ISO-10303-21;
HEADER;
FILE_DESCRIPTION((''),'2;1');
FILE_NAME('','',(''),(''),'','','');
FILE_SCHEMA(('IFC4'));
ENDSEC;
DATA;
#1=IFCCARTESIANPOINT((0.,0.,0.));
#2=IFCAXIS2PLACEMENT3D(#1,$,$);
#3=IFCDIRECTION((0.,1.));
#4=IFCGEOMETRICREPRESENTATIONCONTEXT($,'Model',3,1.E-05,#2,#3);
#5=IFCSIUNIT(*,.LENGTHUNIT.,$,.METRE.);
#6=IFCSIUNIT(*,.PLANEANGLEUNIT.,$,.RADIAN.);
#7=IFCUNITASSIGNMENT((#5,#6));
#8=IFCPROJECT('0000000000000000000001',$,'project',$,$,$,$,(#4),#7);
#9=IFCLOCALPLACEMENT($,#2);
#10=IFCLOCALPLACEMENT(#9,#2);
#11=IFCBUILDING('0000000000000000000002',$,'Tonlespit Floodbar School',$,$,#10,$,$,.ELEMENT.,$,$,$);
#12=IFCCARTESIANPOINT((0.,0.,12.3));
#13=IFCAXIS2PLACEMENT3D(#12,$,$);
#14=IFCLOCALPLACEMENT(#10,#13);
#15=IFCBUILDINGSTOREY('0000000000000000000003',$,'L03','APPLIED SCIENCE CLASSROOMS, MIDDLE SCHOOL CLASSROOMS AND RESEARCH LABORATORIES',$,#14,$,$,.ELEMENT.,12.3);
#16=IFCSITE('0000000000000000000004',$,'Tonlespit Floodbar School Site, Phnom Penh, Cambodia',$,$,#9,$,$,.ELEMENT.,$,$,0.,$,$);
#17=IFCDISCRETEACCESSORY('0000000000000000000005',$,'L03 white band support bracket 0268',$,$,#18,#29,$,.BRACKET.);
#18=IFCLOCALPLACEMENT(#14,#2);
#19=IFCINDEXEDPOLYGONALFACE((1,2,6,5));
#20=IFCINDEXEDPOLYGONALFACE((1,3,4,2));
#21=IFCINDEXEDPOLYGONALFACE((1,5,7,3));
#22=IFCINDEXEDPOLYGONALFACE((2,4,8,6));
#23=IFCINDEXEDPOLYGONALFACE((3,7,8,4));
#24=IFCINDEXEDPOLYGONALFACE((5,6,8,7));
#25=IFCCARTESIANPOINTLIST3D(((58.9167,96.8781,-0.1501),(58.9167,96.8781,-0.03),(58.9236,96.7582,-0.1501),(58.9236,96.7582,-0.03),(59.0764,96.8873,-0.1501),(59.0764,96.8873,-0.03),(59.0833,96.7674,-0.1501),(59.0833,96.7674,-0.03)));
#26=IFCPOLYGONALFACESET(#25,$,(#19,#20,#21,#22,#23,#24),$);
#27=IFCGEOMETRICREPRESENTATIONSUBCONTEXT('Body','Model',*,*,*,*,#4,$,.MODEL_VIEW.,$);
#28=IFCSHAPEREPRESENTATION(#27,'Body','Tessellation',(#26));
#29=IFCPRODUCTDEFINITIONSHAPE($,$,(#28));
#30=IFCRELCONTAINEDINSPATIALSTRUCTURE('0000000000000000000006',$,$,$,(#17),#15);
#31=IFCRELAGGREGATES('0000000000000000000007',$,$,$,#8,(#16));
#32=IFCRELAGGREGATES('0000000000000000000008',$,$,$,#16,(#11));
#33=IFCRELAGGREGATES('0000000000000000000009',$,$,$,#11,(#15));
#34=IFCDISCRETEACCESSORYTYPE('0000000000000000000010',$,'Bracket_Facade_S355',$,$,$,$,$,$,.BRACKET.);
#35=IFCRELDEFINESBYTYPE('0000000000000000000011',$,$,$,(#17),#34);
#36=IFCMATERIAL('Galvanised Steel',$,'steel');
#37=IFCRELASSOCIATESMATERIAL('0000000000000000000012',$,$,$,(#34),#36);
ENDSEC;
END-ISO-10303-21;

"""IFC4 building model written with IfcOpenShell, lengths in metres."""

from ifc_helpers import new_model, si_unit, direction, frame, origin, origin_2d, place, context, subcontext, project, spatial, rectangle, extrude, material, type_object, element, save


model = new_model("IFC4")

# Units and contexts
model_context = context("Model", 3, precision=1e-05, world=origin(), true_north=direction((0.0, 1.0)))
body_context = subcontext(model_context, "Body", "Model", "MODEL_VIEW")
ifc_project = project(units=[si_unit("LENGTHUNIT", "METRE"), si_unit("PLANEANGLEUNIT", "RADIAN")], contexts=[model_context])

# Site, building, storey
site_placement = place(None, origin())
site = spatial("IfcSite", under=ifc_project, at=site_placement, Name="Tonlespit Floodbar School Site, Phnom Penh, Cambodia", CompositionType="ELEMENT", RefElevation=0.0)
building_placement = place(site_placement, origin())
building = spatial("IfcBuilding", under=site, at=building_placement, Name="Tonlespit Floodbar School", CompositionType="ELEMENT")
storey_placement = place(building_placement, frame((0.0, 0.0, 12.3)))
storey = spatial("IfcBuildingStorey", under=building, at=storey_placement, Name="L03", Description="APPLIED SCIENCE CLASSROOMS, MIDDLE SCHOOL CLASSROOMS AND RESEARCH LABORATORIES", CompositionType="ELEMENT", Elevation=12.3)

# Discrete accessory
ifc_material_1 = material(Name="Galvanised Steel", Category="steel")
discrete_accessory_type = type_object("IfcDiscreteAccessoryType", Name="Bracket_Facade_S355", PredefinedType="BRACKET", material=ifc_material_1)
for number, where, z_axis, x_axis, name in (
    (1, (59.0, 96.8228, -0.1501), (0.0, 0.0, 1.0), (0.998334, 0.057703, 0.0), "L03 white band support bracket 0268"),
):
    element("IfcDiscreteAccessory", number, at=place(storey_placement, frame(where, z_axis=z_axis, x_axis=x_axis)), inside=storey, type_object=discrete_accessory_type, Name=name, PredefinedType="BRACKET", context=body_context, shape_type="SweptSolid", body=[
        extrude(rectangle(XDim=0.1599, YDim=0.1201, at=origin_2d()), origin(), (0.0, 0.0, 1.0), 0.1201),
    ])

save(model, "model.ifc")
